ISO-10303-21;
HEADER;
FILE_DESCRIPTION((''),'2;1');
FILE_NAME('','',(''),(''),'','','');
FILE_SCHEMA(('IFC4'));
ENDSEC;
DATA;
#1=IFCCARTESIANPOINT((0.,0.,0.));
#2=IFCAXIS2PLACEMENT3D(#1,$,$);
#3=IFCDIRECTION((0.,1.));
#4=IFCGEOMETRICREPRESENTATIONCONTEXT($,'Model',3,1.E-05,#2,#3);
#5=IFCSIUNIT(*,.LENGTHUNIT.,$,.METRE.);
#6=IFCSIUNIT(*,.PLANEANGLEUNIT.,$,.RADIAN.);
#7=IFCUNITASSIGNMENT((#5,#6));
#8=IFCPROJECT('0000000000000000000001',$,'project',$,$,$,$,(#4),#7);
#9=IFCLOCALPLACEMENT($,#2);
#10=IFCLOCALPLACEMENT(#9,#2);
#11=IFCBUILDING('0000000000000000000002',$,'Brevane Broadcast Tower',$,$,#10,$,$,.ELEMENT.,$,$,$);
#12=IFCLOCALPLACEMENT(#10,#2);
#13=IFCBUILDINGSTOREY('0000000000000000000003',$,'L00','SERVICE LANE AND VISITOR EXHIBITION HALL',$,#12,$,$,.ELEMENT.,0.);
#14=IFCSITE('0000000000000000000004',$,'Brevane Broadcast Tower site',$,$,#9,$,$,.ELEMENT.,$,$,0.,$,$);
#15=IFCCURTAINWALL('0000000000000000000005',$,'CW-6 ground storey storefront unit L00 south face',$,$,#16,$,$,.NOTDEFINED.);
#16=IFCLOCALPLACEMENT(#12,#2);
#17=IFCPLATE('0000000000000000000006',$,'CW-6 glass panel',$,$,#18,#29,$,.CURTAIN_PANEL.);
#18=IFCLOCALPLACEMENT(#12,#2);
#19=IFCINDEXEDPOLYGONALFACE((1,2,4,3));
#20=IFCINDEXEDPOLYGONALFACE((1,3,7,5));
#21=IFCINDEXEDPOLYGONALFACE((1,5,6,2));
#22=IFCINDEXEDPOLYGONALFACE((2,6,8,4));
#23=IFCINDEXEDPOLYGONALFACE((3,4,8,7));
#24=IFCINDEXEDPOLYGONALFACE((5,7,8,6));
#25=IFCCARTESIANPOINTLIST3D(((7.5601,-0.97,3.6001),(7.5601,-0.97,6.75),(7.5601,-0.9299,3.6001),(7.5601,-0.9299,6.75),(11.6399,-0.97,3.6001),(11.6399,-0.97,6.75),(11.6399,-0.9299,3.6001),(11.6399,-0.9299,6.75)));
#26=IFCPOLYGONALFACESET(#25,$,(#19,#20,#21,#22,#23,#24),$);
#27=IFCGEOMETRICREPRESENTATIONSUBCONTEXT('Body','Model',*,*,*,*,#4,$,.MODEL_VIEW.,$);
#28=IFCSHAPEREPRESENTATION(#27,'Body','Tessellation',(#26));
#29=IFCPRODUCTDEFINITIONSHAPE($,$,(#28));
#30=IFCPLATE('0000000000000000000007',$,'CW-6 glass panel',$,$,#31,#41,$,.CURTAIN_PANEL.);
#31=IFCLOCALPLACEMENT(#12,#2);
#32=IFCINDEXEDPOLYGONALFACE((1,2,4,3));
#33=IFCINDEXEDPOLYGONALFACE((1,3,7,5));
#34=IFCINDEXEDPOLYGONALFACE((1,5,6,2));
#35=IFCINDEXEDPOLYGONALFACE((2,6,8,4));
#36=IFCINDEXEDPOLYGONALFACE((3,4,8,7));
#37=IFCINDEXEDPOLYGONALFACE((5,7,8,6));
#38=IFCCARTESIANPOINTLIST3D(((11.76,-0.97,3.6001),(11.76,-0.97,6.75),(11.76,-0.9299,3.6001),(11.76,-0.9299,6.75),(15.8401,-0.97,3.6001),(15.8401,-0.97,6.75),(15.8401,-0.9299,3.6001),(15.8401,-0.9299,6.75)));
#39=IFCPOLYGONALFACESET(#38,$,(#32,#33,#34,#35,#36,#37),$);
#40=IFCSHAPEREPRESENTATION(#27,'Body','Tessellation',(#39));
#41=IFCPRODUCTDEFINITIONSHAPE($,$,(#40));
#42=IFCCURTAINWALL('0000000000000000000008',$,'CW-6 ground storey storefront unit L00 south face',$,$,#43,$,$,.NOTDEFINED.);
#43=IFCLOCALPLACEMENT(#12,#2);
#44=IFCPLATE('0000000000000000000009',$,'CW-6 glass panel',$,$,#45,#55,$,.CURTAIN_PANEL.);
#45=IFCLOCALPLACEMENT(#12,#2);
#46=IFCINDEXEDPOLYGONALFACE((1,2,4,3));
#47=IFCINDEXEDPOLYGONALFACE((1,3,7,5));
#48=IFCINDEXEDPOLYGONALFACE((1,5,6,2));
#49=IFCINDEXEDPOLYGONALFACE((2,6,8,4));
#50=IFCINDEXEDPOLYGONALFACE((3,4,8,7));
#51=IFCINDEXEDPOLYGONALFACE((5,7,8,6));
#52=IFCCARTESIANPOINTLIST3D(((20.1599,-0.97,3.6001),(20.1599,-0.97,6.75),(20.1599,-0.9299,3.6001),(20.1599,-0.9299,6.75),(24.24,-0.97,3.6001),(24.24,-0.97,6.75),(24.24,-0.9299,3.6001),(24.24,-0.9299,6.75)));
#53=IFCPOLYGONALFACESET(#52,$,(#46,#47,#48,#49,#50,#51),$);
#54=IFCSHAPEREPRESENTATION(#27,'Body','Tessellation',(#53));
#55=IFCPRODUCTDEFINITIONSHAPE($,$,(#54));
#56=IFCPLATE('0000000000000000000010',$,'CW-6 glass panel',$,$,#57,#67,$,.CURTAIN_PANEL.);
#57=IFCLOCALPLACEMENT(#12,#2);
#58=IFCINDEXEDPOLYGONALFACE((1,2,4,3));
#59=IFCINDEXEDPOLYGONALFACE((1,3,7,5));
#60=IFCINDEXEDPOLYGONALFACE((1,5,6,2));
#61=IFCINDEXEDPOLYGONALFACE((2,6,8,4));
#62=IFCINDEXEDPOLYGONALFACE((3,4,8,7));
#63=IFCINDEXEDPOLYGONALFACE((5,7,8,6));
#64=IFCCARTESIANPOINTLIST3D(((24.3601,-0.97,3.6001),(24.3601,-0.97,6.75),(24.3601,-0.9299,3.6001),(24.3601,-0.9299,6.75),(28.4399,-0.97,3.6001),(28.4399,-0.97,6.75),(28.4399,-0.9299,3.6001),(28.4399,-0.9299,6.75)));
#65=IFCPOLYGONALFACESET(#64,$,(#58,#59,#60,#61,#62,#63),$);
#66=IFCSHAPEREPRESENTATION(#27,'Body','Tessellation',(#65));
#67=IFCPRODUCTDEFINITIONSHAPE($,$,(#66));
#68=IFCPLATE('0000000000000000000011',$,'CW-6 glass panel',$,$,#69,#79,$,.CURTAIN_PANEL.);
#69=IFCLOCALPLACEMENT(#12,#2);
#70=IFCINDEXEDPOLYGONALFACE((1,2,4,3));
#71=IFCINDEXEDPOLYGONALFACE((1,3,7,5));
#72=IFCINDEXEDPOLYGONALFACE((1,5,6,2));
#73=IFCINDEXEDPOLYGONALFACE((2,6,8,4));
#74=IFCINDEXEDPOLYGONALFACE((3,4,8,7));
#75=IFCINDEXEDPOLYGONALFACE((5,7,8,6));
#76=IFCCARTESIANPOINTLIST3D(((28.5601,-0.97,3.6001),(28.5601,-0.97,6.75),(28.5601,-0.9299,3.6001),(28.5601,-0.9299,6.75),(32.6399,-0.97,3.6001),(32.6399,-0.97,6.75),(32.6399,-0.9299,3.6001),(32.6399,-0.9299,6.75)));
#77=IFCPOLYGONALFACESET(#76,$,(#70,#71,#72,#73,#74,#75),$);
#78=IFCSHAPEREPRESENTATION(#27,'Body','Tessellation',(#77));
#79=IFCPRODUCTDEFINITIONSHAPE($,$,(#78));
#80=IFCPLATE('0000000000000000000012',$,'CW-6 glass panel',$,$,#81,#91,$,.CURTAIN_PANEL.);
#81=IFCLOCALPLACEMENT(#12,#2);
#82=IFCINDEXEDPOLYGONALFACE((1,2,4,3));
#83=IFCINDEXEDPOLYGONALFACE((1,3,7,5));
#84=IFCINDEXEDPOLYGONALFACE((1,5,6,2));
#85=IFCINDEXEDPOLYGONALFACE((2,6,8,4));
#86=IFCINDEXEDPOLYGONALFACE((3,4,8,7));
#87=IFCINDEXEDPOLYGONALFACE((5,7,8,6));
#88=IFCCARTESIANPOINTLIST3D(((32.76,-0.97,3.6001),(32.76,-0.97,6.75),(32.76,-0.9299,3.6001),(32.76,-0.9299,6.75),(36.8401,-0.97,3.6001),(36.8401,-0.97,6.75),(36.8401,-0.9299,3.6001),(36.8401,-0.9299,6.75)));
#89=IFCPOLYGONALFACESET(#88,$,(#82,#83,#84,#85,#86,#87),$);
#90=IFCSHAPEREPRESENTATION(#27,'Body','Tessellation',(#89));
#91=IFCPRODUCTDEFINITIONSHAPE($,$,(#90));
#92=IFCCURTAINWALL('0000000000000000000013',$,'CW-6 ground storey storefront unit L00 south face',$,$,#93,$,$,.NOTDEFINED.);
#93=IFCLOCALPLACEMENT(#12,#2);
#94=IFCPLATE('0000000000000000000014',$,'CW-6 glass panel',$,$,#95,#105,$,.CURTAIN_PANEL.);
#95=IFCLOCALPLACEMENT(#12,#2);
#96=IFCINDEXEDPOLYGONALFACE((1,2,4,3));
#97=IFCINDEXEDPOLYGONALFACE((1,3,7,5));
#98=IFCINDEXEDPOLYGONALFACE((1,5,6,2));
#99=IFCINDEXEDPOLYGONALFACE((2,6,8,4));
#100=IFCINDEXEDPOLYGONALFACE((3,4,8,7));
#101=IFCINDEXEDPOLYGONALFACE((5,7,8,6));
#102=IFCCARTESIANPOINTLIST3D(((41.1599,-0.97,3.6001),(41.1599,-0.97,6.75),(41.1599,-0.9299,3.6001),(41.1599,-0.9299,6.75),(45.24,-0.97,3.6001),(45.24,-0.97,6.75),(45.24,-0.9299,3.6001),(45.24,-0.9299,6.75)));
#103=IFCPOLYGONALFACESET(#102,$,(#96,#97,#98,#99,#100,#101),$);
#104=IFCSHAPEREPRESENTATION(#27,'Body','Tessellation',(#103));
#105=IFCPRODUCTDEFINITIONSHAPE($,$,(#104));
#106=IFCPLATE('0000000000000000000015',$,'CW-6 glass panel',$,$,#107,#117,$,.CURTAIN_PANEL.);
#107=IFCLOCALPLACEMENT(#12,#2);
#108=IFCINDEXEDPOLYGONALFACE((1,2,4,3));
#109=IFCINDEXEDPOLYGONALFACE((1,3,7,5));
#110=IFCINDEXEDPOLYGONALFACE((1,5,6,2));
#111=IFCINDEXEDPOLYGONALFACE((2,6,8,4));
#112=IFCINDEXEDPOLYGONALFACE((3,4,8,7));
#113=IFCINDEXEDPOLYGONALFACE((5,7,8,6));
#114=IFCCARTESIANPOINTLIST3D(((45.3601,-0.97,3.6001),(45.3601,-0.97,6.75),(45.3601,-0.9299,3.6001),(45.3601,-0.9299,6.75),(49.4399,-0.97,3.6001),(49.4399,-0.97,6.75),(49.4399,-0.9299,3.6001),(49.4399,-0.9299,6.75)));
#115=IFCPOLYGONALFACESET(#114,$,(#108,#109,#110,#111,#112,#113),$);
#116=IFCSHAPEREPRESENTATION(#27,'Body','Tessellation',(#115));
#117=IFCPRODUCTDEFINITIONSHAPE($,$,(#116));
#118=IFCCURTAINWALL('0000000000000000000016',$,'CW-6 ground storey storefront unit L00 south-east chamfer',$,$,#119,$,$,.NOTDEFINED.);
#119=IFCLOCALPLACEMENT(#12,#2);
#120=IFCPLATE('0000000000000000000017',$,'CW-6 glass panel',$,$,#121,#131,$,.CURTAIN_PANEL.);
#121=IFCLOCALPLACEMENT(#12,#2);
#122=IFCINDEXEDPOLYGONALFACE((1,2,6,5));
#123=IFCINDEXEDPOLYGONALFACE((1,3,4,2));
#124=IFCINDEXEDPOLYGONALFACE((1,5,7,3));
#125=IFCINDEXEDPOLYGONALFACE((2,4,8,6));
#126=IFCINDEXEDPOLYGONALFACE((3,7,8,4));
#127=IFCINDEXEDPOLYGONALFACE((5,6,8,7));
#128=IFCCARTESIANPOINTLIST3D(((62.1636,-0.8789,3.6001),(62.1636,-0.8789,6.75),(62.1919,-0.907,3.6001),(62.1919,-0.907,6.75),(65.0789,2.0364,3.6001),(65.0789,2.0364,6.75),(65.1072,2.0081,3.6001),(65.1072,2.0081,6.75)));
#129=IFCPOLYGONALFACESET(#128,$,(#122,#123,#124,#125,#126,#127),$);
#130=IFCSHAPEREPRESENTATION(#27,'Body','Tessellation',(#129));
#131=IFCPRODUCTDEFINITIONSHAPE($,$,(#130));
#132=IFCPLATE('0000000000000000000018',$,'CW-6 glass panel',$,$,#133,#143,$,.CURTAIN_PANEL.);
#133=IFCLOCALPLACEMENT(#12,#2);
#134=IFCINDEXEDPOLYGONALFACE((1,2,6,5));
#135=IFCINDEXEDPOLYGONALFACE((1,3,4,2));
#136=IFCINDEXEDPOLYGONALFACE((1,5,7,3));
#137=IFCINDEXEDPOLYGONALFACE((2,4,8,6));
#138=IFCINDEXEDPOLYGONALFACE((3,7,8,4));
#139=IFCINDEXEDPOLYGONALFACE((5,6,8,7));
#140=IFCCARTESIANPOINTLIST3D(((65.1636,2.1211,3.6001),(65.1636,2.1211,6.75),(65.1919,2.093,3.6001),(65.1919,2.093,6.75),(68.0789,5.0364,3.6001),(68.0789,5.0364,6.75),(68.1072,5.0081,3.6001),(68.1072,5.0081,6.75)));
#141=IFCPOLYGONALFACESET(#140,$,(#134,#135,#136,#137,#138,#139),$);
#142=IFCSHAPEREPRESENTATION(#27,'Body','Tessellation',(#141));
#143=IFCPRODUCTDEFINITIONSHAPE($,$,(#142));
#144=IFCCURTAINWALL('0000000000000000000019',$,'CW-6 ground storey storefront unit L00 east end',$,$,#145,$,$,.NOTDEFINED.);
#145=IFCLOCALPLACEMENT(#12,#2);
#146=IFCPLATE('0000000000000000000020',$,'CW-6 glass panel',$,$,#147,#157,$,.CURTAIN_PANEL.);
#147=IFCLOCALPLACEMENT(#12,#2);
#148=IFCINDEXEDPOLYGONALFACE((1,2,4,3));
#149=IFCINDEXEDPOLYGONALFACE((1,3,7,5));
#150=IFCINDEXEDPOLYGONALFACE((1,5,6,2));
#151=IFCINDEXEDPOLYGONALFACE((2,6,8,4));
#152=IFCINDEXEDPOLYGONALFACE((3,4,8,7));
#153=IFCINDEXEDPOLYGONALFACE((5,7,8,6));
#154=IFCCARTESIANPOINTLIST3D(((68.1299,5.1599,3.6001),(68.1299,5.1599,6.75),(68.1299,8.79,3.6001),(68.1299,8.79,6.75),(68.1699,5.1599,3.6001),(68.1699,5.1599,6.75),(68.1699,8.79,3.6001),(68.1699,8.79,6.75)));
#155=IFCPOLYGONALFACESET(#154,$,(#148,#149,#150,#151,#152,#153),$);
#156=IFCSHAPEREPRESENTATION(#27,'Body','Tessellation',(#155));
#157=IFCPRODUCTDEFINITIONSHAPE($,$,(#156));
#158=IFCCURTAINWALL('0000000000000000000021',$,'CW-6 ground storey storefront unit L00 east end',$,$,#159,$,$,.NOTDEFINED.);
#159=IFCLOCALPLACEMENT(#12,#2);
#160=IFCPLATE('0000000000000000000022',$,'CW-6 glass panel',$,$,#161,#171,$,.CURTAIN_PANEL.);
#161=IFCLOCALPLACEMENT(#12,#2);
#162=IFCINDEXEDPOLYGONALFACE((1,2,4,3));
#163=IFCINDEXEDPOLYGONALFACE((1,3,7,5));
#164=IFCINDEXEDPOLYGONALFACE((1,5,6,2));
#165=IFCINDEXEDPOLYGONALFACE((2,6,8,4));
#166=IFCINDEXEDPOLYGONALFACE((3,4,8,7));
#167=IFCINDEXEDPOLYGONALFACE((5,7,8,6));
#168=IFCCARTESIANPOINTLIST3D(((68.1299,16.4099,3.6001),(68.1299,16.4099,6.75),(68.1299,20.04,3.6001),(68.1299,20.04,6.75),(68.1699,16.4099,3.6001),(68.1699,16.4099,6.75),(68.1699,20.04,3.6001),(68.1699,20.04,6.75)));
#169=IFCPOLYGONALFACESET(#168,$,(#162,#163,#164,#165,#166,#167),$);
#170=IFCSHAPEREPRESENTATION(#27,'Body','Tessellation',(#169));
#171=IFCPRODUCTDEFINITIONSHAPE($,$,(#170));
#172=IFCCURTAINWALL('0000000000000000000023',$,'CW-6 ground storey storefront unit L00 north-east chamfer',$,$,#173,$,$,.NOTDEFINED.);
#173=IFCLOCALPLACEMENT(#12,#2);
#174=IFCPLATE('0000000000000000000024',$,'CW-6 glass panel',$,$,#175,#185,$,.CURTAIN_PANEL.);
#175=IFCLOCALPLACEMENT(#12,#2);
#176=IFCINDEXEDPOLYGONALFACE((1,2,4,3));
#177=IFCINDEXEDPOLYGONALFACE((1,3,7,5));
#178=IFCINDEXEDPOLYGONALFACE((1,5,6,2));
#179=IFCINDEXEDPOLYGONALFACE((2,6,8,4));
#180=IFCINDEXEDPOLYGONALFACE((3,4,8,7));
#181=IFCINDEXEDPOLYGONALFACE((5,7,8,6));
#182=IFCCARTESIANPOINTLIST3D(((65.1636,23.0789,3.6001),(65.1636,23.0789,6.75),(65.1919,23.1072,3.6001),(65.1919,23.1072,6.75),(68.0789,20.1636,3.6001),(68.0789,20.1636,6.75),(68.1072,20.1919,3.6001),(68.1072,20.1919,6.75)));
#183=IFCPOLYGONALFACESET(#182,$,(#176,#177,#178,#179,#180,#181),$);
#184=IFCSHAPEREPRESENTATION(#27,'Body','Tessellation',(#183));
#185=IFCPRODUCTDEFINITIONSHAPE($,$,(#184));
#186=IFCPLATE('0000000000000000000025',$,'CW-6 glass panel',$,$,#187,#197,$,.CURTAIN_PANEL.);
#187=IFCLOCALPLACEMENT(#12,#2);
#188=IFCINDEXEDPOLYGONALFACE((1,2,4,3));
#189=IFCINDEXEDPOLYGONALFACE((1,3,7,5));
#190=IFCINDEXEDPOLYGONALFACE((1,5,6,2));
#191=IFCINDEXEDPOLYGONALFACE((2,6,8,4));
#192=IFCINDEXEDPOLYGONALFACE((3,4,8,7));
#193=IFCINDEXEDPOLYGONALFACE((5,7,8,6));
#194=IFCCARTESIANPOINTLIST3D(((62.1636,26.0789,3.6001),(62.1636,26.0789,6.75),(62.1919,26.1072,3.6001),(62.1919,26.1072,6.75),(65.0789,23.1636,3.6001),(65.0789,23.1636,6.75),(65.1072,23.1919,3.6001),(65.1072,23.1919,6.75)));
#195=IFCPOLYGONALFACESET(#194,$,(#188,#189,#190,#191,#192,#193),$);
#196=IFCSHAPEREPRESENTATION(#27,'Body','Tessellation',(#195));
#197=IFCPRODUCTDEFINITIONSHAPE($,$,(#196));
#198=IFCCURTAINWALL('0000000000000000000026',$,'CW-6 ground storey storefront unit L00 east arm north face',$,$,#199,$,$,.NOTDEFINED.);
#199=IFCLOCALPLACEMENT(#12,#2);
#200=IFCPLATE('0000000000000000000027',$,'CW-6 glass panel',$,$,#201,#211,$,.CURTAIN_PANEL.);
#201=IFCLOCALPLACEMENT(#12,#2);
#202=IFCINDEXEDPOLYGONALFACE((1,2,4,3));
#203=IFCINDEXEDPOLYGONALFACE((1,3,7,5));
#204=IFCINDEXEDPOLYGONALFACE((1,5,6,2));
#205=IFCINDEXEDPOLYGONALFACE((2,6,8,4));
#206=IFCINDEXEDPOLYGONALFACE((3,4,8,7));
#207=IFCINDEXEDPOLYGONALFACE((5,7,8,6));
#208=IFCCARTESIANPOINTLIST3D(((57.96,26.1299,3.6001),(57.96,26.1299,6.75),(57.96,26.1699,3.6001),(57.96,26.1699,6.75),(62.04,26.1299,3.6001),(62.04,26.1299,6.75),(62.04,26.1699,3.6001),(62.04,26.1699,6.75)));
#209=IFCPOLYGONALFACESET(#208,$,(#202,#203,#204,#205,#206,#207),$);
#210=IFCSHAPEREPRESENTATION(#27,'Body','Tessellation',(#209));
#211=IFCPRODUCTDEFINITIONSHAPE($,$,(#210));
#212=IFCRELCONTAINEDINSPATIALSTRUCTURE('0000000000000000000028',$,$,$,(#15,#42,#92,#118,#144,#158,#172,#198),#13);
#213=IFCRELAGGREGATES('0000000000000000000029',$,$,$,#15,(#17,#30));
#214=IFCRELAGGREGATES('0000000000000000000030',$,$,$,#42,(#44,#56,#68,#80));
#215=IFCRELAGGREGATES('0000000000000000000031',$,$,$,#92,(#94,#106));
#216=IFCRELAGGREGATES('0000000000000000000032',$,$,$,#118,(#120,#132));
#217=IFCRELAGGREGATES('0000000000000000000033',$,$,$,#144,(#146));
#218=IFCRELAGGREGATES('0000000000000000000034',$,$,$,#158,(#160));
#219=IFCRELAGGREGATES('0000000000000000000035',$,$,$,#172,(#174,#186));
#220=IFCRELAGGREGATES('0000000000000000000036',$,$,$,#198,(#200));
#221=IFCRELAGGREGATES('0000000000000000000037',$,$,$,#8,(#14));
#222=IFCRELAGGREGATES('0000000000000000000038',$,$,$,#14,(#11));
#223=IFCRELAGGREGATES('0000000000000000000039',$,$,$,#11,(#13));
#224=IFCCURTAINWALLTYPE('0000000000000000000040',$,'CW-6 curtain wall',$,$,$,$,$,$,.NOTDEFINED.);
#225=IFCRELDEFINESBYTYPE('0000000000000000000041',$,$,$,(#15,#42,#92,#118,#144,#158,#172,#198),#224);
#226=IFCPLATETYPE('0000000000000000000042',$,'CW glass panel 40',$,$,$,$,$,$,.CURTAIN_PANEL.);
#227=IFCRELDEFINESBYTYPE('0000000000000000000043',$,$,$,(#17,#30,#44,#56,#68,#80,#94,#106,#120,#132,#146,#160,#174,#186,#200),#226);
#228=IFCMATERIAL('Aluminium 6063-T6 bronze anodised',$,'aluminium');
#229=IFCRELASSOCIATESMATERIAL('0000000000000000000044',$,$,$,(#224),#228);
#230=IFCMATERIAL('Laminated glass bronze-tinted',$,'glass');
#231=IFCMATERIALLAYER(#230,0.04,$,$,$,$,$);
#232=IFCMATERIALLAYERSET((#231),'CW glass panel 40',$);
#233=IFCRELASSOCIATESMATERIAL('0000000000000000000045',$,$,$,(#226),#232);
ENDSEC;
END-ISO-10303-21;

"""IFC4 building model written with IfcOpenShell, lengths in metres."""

from ifc_helpers import new_model, si_unit, direction, frame, origin, place, context, subcontext, project, spatial, polyline, outline, extrude, material, layer, layer_set, type_object, element, aggregate, save


model = new_model("IFC4")

# Units and contexts
model_context = context("Model", 3, precision=1e-05, world=origin(), true_north=direction((0.0, 1.0)))
body_context = subcontext(model_context, "Body", "Model", "MODEL_VIEW")
ifc_project = project(units=[si_unit("LENGTHUNIT", "METRE"), si_unit("PLANEANGLEUNIT", "RADIAN")], contexts=[model_context])

# Site, building, storey
site_placement = place(None, origin())
site = spatial("IfcSite", under=ifc_project, at=site_placement, Name="Brevane Broadcast Tower site", CompositionType="ELEMENT", RefElevation=0.0)
building_placement = place(site_placement, origin())
building = spatial("IfcBuilding", under=site, at=building_placement, Name="Brevane Broadcast Tower", CompositionType="ELEMENT")
storey_placement = place(building_placement, origin())
storey = spatial("IfcBuildingStorey", under=building, at=storey_placement, Name="L00", Description="SERVICE LANE AND VISITOR EXHIBITION HALL", CompositionType="ELEMENT", Elevation=0.0)

# Curtain walls, plates
ifc_material_1 = material(Name="Aluminium 6063-T6 bronze anodised", Category="aluminium")
curtain_wall_type = type_object("IfcCurtainWallType", Name="CW-6 curtain wall", PredefinedType="NOTDEFINED", material=ifc_material_1)
curtain_wall_1_placement = place(storey_placement, origin())
curtain_wall_1 = element("IfcCurtainWall", 1, at=curtain_wall_1_placement, inside=storey, type_object=curtain_wall_type, Name="CW-6 ground storey storefront unit L00 south face", PredefinedType="NOTDEFINED")
ifc_material_2 = material(Name="Laminated glass bronze-tinted", Category="glass")
ifc_layer = layer(ifc_material_2, 0.04)
ifc_layer_set = layer_set([ifc_layer], Name="CW glass panel 40")
plate_type = type_object("IfcPlateType", Name="CW glass panel 40", PredefinedType="CURTAIN_PANEL", material=ifc_layer_set)
plate_1_placement = place(storey_placement, frame((0.0, 0.0, 3.6001)))
plate_1 = element("IfcPlate", 2, at=plate_1_placement, type_object=plate_type, Name="CW-6 glass panel", PredefinedType="CURTAIN_PANEL", context=body_context, shape_type="SweptSolid", body=[
    extrude(outline(polyline([(11.6399, -0.97), (11.6399, -0.9299), (7.5601, -0.9299), (7.5601, -0.97), (11.6399, -0.97)])), origin(), (0.0, 0.0, 1.0), 3.1499),
])
plate_2_placement = place(storey_placement, frame((0.0, 0.0, 3.6001)))
plate_2 = element("IfcPlate", 3, at=plate_2_placement, type_object=plate_type, Name="CW-6 glass panel", PredefinedType="CURTAIN_PANEL", context=body_context, shape_type="SweptSolid", body=[
    extrude(outline(polyline([(15.8401, -0.97), (15.8401, -0.9299), (11.76, -0.9299), (11.76, -0.97), (15.8401, -0.97)])), origin(), (0.0, 0.0, 1.0), 3.1499),
])
aggregate(curtain_wall_1, [plate_1, plate_2])
curtain_wall_2_placement = place(storey_placement, origin())
curtain_wall_2 = element("IfcCurtainWall", 4, at=curtain_wall_2_placement, inside=storey, type_object=curtain_wall_type, Name="CW-6 ground storey storefront unit L00 south face", PredefinedType="NOTDEFINED")
plate_3_placement = place(storey_placement, frame((0.0, 0.0, 3.6001)))
plate_3 = element("IfcPlate", 5, at=plate_3_placement, type_object=plate_type, Name="CW-6 glass panel", PredefinedType="CURTAIN_PANEL", context=body_context, shape_type="SweptSolid", body=[
    extrude(outline(polyline([(24.24, -0.97), (24.24, -0.9299), (20.1599, -0.9299), (20.1599, -0.97), (24.24, -0.97)])), origin(), (0.0, 0.0, 1.0), 3.1499),
])
plate_4_placement = place(storey_placement, frame((0.0, 0.0, 3.6001)))
plate_4 = element("IfcPlate", 6, at=plate_4_placement, type_object=plate_type, Name="CW-6 glass panel", PredefinedType="CURTAIN_PANEL", context=body_context, shape_type="SweptSolid", body=[
    extrude(outline(polyline([(28.4399, -0.97), (28.4399, -0.9299), (24.3601, -0.9299), (24.3601, -0.97), (28.4399, -0.97)])), origin(), (0.0, 0.0, 1.0), 3.1499),
])
plate_5_placement = place(storey_placement, frame((0.0, 0.0, 3.6001)))
plate_5 = element("IfcPlate", 7, at=plate_5_placement, type_object=plate_type, Name="CW-6 glass panel", PredefinedType="CURTAIN_PANEL", context=body_context, shape_type="SweptSolid", body=[
    extrude(outline(polyline([(32.6399, -0.97), (32.6399, -0.9299), (28.5601, -0.9299), (28.5601, -0.97), (32.6399, -0.97)])), origin(), (0.0, 0.0, 1.0), 3.1499),
])
plate_6_placement = place(storey_placement, frame((0.0, 0.0, 3.6001)))
plate_6 = element("IfcPlate", 8, at=plate_6_placement, type_object=plate_type, Name="CW-6 glass panel", PredefinedType="CURTAIN_PANEL", context=body_context, shape_type="SweptSolid", body=[
    extrude(outline(polyline([(36.8401, -0.97), (36.8401, -0.9299), (32.76, -0.9299), (32.76, -0.97), (36.8401, -0.97)])), origin(), (0.0, 0.0, 1.0), 3.1499),
])
aggregate(curtain_wall_2, [plate_3, plate_4, plate_5, plate_6])
curtain_wall_3_placement = place(storey_placement, origin())
curtain_wall_3 = element("IfcCurtainWall", 9, at=curtain_wall_3_placement, inside=storey, type_object=curtain_wall_type, Name="CW-6 ground storey storefront unit L00 south face", PredefinedType="NOTDEFINED")
plate_7_placement = place(storey_placement, frame((0.0, 0.0, 3.6001)))
plate_7 = element("IfcPlate", 10, at=plate_7_placement, type_object=plate_type, Name="CW-6 glass panel", PredefinedType="CURTAIN_PANEL", context=body_context, shape_type="SweptSolid", body=[
    extrude(outline(polyline([(45.24, -0.97), (45.24, -0.9299), (41.1599, -0.9299), (41.1599, -0.97), (45.24, -0.97)])), origin(), (0.0, 0.0, 1.0), 3.1499),
])
plate_8_placement = place(storey_placement, frame((0.0, 0.0, 3.6001)))
plate_8 = element("IfcPlate", 11, at=plate_8_placement, type_object=plate_type, Name="CW-6 glass panel", PredefinedType="CURTAIN_PANEL", context=body_context, shape_type="SweptSolid", body=[
    extrude(outline(polyline([(49.4399, -0.97), (49.4399, -0.9299), (45.3601, -0.9299), (45.3601, -0.97), (49.4399, -0.97)])), origin(), (0.0, 0.0, 1.0), 3.1499),
])
aggregate(curtain_wall_3, [plate_7, plate_8])
curtain_wall_4_placement = place(storey_placement, origin())
curtain_wall_4 = element("IfcCurtainWall", 12, at=curtain_wall_4_placement, inside=storey, type_object=curtain_wall_type, Name="CW-6 ground storey storefront unit L00 south-east chamfer", PredefinedType="NOTDEFINED")
plate_9_placement = place(storey_placement, frame((0.0, 0.0, 3.6001)))
plate_9 = element("IfcPlate", 13, at=plate_9_placement, type_object=plate_type, Name="CW-6 glass panel", PredefinedType="CURTAIN_PANEL", context=body_context, shape_type="SweptSolid", body=[
    extrude(outline(polyline([(62.1636, -0.8789), (65.0789, 2.0364), (65.1072, 2.0081), (62.1919, -0.907), (62.1636, -0.8789)])), origin(), (0.0, 0.0, 1.0), 3.1499),
])
plate_10_placement = place(storey_placement, frame((0.0, 0.0, 3.6001)))
plate_10 = element("IfcPlate", 14, at=plate_10_placement, type_object=plate_type, Name="CW-6 glass panel", PredefinedType="CURTAIN_PANEL", context=body_context, shape_type="SweptSolid", body=[
    extrude(outline(polyline([(68.0789, 5.0364), (68.1072, 5.0081), (65.1919, 2.093), (65.1636, 2.1211), (68.0789, 5.0364)])), origin(), (0.0, 0.0, 1.0), 3.1499),
])
aggregate(curtain_wall_4, [plate_9, plate_10])

# Curtain walls, plates
curtain_wall_5_placement = place(storey_placement, origin())
curtain_wall_5 = element("IfcCurtainWall", 15, at=curtain_wall_5_placement, inside=storey, type_object=curtain_wall_type, Name="CW-6 ground storey storefront unit L00 east end", PredefinedType="NOTDEFINED")
plate_11_placement = place(storey_placement, frame((0.0, 0.0, 3.6001)))
plate_11 = element("IfcPlate", 16, at=plate_11_placement, type_object=plate_type, Name="CW-6 glass panel", PredefinedType="CURTAIN_PANEL", context=body_context, shape_type="SweptSolid", body=[
    extrude(outline(polyline([(68.1699, 8.79), (68.1299, 8.79), (68.1299, 5.1599), (68.1699, 5.1599), (68.1699, 8.79)])), origin(), (0.0, 0.0, 1.0), 3.1499),
])
aggregate(curtain_wall_5, [plate_11])
curtain_wall_6_placement = place(storey_placement, origin())
curtain_wall_6 = element("IfcCurtainWall", 17, at=curtain_wall_6_placement, inside=storey, type_object=curtain_wall_type, Name="CW-6 ground storey storefront unit L00 east end", PredefinedType="NOTDEFINED")
plate_12_placement = place(storey_placement, frame((0.0, 0.0, 3.6001)))
plate_12 = element("IfcPlate", 18, at=plate_12_placement, type_object=plate_type, Name="CW-6 glass panel", PredefinedType="CURTAIN_PANEL", context=body_context, shape_type="SweptSolid", body=[
    extrude(outline(polyline([(68.1699, 20.04), (68.1299, 20.04), (68.1299, 16.4099), (68.1699, 16.4099), (68.1699, 20.04)])), origin(), (0.0, 0.0, 1.0), 3.1499),
])
aggregate(curtain_wall_6, [plate_12])

# Curtain wall, plates
curtain_wall_7_placement = place(storey_placement, origin())
curtain_wall_7 = element("IfcCurtainWall", 19, at=curtain_wall_7_placement, inside=storey, type_object=curtain_wall_type, Name="CW-6 ground storey storefront unit L00 north-east chamfer", PredefinedType="NOTDEFINED")
plate_13_placement = place(storey_placement, frame((0.0, 0.0, 3.6001)))
plate_13 = element("IfcPlate", 20, at=plate_13_placement, type_object=plate_type, Name="CW-6 glass panel", PredefinedType="CURTAIN_PANEL", context=body_context, shape_type="SweptSolid", body=[
    extrude(outline(polyline([(68.0789, 20.1636), (65.1636, 23.0789), (65.1919, 23.1072), (68.1072, 20.1919), (68.0789, 20.1636)])), origin(), (0.0, 0.0, 1.0), 3.1499),
])
plate_14_placement = place(storey_placement, frame((0.0, 0.0, 3.6001)))
plate_14 = element("IfcPlate", 21, at=plate_14_placement, type_object=plate_type, Name="CW-6 glass panel", PredefinedType="CURTAIN_PANEL", context=body_context, shape_type="SweptSolid", body=[
    extrude(outline(polyline([(65.0789, 23.1636), (62.1636, 26.0789), (62.1919, 26.1072), (65.1072, 23.1919), (65.0789, 23.1636)])), origin(), (0.0, 0.0, 1.0), 3.1499),
])
aggregate(curtain_wall_7, [plate_13, plate_14])

# Curtain wall, plate
curtain_wall_8_placement = place(storey_placement, origin())
curtain_wall_8 = element("IfcCurtainWall", 22, at=curtain_wall_8_placement, inside=storey, type_object=curtain_wall_type, Name="CW-6 ground storey storefront unit L00 east arm north face", PredefinedType="NOTDEFINED")
plate_15_placement = place(storey_placement, frame((0.0, 0.0, 3.6001)))
plate_15 = element("IfcPlate", 23, at=plate_15_placement, type_object=plate_type, Name="CW-6 glass panel", PredefinedType="CURTAIN_PANEL", context=body_context, shape_type="SweptSolid", body=[
    extrude(outline(polyline([(57.96, 26.1699), (57.96, 26.1299), (62.04, 26.1299), (62.04, 26.1699), (57.96, 26.1699)])), origin(), (0.0, 0.0, 1.0), 3.1499),
])
aggregate(curtain_wall_8, [plate_15])

save(model, "model.ifc")
